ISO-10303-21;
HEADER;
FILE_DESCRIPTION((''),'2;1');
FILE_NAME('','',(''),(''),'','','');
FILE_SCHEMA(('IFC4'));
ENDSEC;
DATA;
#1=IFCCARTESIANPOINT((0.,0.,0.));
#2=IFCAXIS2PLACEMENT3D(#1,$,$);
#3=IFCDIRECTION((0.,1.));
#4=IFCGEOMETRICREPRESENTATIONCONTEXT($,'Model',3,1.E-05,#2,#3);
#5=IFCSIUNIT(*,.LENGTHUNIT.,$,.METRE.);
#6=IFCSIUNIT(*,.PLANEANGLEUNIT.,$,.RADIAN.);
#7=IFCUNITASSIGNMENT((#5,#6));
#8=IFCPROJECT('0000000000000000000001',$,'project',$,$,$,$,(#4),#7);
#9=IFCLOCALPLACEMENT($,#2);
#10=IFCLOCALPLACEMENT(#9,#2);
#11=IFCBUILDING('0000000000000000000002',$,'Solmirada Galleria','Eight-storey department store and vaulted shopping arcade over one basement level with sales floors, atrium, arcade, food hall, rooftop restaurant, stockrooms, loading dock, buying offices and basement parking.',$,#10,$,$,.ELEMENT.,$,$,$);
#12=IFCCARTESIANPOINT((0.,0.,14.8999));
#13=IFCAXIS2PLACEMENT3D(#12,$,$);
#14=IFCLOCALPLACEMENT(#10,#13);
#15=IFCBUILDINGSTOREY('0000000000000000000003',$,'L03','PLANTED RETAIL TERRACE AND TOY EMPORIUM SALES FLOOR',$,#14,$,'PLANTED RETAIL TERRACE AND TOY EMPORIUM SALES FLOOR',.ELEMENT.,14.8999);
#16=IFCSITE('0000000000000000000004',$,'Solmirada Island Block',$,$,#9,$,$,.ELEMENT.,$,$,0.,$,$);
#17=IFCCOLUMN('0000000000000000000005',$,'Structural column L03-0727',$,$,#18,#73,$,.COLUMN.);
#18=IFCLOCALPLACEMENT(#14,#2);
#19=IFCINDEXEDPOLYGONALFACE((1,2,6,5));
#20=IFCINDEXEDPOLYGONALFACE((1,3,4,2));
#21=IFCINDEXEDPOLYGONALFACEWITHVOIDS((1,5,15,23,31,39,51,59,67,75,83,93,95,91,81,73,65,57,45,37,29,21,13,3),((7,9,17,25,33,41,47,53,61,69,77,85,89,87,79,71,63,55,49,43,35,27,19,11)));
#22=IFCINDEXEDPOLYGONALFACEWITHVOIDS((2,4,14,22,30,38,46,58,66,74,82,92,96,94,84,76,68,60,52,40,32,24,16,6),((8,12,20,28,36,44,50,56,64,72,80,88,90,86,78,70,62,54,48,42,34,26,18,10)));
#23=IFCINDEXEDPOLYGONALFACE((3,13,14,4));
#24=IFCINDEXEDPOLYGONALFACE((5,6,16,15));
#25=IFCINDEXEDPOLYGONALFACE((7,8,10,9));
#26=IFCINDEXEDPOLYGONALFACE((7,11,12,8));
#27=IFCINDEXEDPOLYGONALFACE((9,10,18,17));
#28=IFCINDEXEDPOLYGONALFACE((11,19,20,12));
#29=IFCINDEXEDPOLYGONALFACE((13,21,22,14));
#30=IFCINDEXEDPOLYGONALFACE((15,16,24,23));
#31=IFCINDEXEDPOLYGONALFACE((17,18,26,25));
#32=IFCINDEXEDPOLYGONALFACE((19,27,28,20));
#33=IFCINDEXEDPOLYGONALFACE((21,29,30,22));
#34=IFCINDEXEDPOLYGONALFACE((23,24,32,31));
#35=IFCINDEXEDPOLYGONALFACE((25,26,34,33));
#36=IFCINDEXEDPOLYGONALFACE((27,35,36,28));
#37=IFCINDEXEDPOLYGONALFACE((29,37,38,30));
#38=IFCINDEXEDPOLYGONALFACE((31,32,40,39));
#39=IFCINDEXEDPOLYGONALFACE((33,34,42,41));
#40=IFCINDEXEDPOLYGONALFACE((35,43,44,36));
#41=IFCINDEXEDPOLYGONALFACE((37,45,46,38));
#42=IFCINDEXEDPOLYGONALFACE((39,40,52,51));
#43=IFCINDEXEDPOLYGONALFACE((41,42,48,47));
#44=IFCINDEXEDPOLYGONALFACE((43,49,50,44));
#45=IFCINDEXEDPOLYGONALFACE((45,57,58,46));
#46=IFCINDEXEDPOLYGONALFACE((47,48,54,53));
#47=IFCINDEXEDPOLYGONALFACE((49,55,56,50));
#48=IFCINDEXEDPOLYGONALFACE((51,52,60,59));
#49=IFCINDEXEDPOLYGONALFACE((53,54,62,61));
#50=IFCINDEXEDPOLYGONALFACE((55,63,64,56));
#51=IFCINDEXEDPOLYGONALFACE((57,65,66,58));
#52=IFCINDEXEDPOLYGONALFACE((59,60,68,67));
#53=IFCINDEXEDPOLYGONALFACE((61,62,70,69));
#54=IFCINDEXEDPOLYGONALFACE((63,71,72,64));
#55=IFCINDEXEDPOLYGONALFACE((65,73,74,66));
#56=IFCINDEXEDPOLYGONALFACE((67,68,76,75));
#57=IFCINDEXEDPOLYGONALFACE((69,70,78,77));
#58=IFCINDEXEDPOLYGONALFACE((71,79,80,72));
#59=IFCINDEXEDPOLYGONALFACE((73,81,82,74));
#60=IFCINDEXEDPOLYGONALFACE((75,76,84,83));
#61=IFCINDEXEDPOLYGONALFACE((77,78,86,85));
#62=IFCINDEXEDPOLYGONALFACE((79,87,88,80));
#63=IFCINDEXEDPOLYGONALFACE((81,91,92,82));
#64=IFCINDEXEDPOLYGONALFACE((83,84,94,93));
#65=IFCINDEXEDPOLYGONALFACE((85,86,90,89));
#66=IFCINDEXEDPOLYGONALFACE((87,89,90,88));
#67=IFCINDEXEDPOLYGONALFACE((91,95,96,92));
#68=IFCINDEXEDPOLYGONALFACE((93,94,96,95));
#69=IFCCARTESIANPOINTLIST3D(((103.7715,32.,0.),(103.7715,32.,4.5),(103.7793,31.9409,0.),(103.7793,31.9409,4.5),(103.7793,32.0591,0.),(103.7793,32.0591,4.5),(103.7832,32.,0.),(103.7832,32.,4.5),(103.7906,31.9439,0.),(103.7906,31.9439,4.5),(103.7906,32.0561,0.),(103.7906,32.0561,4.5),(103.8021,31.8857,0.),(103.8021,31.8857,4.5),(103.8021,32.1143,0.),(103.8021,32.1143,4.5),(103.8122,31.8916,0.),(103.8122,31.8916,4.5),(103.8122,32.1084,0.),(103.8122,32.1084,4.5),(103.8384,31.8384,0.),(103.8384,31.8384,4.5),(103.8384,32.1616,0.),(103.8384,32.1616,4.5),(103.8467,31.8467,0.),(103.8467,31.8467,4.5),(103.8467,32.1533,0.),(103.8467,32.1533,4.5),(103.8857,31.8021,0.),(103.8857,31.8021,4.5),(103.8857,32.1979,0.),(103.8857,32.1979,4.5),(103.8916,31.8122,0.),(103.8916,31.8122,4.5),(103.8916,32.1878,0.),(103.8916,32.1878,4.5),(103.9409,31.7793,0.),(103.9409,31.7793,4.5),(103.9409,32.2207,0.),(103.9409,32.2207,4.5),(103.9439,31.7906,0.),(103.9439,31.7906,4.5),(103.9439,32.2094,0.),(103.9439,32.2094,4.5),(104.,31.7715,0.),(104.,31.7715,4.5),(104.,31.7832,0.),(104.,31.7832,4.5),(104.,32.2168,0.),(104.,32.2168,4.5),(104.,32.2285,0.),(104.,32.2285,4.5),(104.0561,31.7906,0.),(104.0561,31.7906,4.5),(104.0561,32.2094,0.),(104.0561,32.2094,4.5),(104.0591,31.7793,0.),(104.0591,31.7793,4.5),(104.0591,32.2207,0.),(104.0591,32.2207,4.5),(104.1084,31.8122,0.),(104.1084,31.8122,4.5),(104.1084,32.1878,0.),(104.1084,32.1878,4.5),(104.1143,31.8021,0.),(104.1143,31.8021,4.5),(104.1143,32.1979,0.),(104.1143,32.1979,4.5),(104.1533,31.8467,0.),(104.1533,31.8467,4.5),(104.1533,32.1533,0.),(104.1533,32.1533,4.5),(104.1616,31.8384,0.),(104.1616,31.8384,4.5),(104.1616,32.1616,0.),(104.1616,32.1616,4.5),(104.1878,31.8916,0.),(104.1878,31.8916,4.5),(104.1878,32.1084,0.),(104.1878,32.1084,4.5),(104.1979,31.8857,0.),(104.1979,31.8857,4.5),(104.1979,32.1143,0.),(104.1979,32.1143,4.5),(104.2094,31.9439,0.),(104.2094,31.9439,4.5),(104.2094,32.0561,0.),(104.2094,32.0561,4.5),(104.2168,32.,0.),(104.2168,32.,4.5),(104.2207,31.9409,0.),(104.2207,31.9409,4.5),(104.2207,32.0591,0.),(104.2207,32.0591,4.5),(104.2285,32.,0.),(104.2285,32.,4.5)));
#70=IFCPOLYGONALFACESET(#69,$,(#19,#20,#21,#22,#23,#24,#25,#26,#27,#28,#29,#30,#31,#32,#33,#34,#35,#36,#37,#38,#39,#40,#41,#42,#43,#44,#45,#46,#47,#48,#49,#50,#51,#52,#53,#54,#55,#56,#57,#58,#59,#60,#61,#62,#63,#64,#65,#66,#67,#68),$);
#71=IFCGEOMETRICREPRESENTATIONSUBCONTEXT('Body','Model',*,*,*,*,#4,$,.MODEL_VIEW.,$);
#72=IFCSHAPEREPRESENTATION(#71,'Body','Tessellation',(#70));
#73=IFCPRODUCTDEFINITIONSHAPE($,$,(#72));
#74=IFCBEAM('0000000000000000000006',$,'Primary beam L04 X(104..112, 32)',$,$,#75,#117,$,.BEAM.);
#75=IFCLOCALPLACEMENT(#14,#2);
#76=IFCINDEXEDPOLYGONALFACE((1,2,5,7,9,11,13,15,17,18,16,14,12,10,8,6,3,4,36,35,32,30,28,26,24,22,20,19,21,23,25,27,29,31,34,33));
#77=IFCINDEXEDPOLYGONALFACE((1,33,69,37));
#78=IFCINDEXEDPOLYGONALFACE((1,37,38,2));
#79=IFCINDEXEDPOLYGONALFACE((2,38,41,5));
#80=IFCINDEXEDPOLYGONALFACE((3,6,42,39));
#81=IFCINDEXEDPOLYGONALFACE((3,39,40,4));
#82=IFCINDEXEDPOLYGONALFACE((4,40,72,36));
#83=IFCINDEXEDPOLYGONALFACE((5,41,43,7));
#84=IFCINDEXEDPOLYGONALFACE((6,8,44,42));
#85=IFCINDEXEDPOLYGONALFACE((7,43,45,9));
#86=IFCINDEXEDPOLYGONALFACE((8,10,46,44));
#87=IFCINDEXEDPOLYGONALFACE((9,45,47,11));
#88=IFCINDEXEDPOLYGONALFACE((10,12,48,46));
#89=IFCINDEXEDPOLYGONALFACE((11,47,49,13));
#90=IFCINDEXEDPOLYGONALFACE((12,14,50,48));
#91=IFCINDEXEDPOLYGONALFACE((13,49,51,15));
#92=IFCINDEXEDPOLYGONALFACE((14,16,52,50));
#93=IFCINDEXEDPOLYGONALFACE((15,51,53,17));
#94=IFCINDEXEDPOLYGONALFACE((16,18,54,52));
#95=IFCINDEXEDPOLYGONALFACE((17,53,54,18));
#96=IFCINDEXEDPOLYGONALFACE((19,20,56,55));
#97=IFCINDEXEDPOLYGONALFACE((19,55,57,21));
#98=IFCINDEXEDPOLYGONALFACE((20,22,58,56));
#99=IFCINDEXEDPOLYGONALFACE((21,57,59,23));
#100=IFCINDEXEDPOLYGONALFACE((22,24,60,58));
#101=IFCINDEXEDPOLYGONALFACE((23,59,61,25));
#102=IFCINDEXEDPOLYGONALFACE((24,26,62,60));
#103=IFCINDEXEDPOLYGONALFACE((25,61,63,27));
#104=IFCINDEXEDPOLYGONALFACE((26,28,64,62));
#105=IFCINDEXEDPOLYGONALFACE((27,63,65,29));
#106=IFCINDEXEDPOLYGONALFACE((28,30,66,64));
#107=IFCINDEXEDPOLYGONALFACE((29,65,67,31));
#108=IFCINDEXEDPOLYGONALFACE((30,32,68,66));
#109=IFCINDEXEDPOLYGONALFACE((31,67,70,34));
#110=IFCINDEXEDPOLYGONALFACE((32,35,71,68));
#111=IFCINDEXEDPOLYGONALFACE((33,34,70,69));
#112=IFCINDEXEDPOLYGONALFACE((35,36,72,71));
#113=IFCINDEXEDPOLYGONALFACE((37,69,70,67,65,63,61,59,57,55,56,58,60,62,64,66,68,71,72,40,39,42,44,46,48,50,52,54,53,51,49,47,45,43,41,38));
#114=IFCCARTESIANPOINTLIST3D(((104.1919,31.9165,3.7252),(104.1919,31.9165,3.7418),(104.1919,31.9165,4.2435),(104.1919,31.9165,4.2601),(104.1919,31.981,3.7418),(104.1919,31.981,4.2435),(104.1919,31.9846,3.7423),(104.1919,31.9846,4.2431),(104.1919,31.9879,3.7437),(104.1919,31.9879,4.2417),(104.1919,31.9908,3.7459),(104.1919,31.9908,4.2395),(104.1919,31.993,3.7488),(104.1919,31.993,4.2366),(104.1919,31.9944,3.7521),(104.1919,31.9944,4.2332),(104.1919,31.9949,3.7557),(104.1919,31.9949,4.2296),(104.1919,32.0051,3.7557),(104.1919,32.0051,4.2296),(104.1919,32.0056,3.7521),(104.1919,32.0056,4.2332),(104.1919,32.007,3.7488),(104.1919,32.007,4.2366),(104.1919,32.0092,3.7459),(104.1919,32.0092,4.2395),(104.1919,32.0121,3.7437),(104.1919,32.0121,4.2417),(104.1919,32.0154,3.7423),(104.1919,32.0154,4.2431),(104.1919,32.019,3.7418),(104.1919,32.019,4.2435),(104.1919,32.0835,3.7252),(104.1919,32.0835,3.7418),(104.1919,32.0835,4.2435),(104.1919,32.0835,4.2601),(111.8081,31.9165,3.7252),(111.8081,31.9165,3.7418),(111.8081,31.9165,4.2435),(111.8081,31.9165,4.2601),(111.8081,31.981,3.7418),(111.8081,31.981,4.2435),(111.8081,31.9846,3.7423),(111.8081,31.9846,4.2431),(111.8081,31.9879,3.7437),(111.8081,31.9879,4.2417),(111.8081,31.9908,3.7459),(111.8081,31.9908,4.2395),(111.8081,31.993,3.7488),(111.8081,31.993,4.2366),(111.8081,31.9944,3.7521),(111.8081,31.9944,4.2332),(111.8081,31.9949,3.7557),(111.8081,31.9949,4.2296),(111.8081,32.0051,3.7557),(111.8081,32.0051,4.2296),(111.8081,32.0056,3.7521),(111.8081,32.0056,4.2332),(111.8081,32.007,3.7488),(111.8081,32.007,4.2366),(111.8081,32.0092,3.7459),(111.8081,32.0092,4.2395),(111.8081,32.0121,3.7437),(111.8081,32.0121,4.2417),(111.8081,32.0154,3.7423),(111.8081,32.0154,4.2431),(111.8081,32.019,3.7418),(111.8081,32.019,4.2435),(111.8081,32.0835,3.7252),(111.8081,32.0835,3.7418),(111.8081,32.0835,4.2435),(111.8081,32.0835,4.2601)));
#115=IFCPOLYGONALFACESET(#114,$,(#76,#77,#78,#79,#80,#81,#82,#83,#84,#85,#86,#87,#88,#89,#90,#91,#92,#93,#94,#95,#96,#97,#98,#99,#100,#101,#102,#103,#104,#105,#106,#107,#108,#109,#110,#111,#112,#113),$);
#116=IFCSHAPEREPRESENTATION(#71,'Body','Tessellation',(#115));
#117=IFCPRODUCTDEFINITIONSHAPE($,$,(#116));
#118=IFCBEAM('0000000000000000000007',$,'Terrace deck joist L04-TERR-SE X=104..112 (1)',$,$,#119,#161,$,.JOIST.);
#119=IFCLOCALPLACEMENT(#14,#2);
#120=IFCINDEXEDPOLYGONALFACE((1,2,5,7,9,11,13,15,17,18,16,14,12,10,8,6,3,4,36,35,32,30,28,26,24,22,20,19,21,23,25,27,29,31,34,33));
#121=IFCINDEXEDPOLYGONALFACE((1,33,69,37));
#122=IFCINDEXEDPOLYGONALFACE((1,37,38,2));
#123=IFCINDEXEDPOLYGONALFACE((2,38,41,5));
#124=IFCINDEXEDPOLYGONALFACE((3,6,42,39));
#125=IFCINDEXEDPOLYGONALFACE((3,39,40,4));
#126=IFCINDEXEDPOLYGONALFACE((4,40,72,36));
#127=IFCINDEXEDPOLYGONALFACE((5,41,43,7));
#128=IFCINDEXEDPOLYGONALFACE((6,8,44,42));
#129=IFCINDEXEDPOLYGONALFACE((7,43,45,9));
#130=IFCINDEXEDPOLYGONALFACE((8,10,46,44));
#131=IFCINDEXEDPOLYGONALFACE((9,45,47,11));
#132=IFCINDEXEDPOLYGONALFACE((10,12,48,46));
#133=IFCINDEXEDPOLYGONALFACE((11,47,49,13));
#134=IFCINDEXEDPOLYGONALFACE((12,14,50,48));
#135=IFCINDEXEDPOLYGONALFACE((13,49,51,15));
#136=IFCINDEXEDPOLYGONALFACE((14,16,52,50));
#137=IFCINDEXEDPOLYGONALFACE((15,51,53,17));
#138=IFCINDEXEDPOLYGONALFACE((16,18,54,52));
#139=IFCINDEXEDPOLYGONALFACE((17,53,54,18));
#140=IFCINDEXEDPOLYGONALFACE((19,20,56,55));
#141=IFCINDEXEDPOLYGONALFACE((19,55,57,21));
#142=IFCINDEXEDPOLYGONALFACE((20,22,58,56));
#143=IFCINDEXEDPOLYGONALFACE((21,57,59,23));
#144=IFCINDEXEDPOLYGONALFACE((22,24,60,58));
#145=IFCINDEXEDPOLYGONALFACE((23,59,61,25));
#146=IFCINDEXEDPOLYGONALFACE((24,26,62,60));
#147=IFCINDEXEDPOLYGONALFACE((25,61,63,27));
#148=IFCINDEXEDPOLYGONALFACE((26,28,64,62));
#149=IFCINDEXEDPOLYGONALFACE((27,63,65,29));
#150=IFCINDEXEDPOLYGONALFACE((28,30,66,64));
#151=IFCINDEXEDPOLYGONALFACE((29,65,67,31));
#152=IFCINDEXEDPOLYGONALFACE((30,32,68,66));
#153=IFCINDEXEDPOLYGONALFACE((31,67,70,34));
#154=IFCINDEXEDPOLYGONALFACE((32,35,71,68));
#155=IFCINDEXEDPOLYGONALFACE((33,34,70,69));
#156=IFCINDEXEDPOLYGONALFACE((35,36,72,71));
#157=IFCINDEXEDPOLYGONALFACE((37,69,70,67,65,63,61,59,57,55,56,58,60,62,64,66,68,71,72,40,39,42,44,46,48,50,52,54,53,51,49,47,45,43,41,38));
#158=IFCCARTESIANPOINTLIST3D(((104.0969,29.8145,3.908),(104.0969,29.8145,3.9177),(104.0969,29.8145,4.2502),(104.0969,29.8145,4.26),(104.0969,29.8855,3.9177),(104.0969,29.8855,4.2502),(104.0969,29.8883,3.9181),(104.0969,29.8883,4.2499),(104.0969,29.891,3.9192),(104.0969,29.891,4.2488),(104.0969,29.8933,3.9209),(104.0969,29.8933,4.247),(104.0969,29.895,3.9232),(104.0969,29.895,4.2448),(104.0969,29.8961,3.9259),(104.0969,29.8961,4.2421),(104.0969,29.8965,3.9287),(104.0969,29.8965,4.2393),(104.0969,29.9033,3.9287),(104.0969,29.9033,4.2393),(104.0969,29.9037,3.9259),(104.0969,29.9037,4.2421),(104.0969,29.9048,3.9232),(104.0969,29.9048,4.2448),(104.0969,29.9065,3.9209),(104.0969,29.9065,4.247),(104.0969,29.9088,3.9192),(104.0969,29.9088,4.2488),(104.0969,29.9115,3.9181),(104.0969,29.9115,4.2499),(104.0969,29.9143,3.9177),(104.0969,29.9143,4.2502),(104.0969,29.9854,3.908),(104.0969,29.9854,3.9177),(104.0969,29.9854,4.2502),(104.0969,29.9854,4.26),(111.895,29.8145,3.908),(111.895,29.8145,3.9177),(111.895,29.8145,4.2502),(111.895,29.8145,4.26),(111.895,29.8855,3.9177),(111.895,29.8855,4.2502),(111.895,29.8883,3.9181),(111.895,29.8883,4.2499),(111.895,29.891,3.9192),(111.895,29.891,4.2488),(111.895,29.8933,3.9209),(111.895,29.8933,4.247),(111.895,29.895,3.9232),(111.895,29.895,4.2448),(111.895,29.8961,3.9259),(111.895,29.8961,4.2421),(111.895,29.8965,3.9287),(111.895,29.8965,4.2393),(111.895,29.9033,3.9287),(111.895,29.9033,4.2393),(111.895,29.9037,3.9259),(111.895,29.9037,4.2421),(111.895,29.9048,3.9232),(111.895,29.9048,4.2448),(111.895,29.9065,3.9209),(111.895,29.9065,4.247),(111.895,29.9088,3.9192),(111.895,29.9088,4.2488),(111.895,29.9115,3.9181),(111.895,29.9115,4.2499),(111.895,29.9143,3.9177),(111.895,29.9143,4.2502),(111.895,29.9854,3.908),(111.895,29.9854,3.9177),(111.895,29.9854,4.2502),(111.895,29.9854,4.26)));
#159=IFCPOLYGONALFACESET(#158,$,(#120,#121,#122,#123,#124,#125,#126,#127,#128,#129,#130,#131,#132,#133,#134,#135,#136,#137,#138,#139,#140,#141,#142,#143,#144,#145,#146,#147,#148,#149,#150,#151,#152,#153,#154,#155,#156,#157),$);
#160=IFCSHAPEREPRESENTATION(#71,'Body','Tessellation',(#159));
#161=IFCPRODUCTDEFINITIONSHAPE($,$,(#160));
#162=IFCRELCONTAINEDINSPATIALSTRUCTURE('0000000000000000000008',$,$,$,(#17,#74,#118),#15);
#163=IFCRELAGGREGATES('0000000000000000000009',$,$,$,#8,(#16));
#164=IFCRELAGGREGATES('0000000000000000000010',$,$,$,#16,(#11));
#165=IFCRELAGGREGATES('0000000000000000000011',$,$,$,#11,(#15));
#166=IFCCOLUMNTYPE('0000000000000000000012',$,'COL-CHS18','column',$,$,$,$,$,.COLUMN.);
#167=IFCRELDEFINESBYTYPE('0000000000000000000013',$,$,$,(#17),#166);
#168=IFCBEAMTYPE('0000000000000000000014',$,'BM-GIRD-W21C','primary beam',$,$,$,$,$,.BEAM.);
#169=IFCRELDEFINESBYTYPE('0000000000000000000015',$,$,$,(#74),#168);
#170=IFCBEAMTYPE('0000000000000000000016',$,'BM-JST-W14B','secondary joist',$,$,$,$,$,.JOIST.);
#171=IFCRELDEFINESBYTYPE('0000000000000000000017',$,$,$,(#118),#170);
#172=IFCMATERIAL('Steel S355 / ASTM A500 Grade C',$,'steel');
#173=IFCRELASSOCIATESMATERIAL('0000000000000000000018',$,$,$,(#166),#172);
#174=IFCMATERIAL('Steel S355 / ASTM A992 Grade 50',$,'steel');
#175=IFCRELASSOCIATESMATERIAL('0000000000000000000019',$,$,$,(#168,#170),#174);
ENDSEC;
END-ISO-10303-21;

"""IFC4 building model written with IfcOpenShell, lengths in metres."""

from ifc_helpers import new_model, si_unit, direction, frame, origin, origin_2d, place, context, subcontext, project, spatial, hollow_circle, i_section, extrude, material, material_profile, profile_set, type_object, element, save


model = new_model("IFC4")

# Units and contexts
model_context = context("Model", 3, precision=1e-05, world=origin(), true_north=direction((0.0, 1.0)))
body_context = subcontext(model_context, "Body", "Model", "MODEL_VIEW")
ifc_project = project(units=[si_unit("LENGTHUNIT", "METRE"), si_unit("PLANEANGLEUNIT", "RADIAN")], contexts=[model_context])

# Site, building, storey
site_placement = place(None, origin())
site = spatial("IfcSite", under=ifc_project, at=site_placement, Name="Solmirada Island Block", CompositionType="ELEMENT", RefElevation=0.0)
building_placement = place(site_placement, origin())
building = spatial("IfcBuilding", under=site, at=building_placement, Name="Solmirada Galleria", Description="Eight-storey department store and vaulted shopping arcade over one basement level with sales floors, atrium, arcade, food hall, rooftop restaurant, stockrooms, loading dock, buying offices and basement parking.", CompositionType="ELEMENT")
storey_placement = place(building_placement, frame((0.0, 0.0, 14.8999)))
storey = spatial("IfcBuildingStorey", under=building, at=storey_placement, Name="L03", Description="PLANTED RETAIL TERRACE AND TOY EMPORIUM SALES FLOOR", LongName="PLANTED RETAIL TERRACE AND TOY EMPORIUM SALES FLOOR", CompositionType="ELEMENT", Elevation=14.8999)

# Column
ifc_material_1 = material(Name="Steel S355 / ASTM A500 Grade C", Category="steel")
ifc_material_profile_1 = material_profile(ifc_material_1, hollow_circle(Radius=0.2285, WallThickness=0.0117, at=origin_2d()), Name="HSS18.000X0.500")
ifc_profile_set_1 = profile_set([ifc_material_profile_1], Name="Steel S355 / ASTM A500 Grade C")
column_type = type_object("IfcColumnType", Name="COL-CHS18", Description="column", PredefinedType="COLUMN", material=ifc_profile_set_1)
column_placement = place(storey_placement, frame((104.0, 32.0, 0.0), z_axis=(0.0, 0.0, 1.0), x_axis=(1.0, 0.0, 0.0)))
element("IfcColumn", 1, at=column_placement, inside=storey, type_object=column_type, Name="Structural column L03-0727", PredefinedType="COLUMN", context=body_context, shape_type="SweptSolid", body=[
    extrude(hollow_circle(Radius=0.2285, WallThickness=0.0117, at=origin_2d()), origin(), (0.0, 0.0, 1.0), 4.5),
])

# Beams
ifc_material_2 = material(Name="Steel S355 / ASTM A992 Grade 50", Category="steel")
ifc_material_profile_2 = material_profile(ifc_material_2, i_section(OverallWidth=0.167, OverallDepth=0.5349, WebThickness=0.0103, FlangeThickness=0.0166, FilletRadius=0.0139, at=origin_2d()), Name="W21X57")
ifc_profile_set_2 = profile_set([ifc_material_profile_2], Name="Steel S355 / ASTM A992 Grade 50")
beam_type_1 = type_object("IfcBeamType", Name="BM-GIRD-W21C", Description="primary beam", PredefinedType="BEAM", material=ifc_profile_set_2)
beam_1_placement = place(storey_placement, frame((104.1919, 32.0, 3.9927), z_axis=(1.0, 0.0, 0.0), x_axis=(0.0, 1.0, 0.0)))
element("IfcBeam", 2, at=beam_1_placement, inside=storey, type_object=beam_type_1, Name="Primary beam L04 X(104..112, 32)", PredefinedType="BEAM", context=body_context, shape_type="SweptSolid", body=[
    extrude(i_section(OverallWidth=0.167, OverallDepth=0.5349, WebThickness=0.0103, FlangeThickness=0.0166, FilletRadius=0.0139, at=origin_2d()), origin(), (0.0, 0.0, 1.0), 7.6162),
])
ifc_material_profile_3 = material_profile(ifc_material_2, i_section(OverallWidth=0.1709, OverallDepth=0.3521, WebThickness=0.0068, FlangeThickness=0.0098, FilletRadius=0.011, at=origin_2d()), Name="W14X30")
ifc_profile_set_3 = profile_set([ifc_material_profile_3], Name="Steel S355 / ASTM A992 Grade 50")
beam_type_2 = type_object("IfcBeamType", Name="BM-JST-W14B", Description="secondary joist", PredefinedType="JOIST", material=ifc_profile_set_3)
beam_2_placement = place(storey_placement, frame((104.0969, 29.8999, 4.084), z_axis=(1.0, 0.0, 0.0), x_axis=(0.0, 1.0, 0.0)))
element("IfcBeam", 3, at=beam_2_placement, inside=storey, type_object=beam_type_2, Name="Terrace deck joist L04-TERR-SE X=104..112 (1)", PredefinedType="JOIST", context=body_context, shape_type="SweptSolid", body=[
    extrude(i_section(OverallWidth=0.1709, OverallDepth=0.3521, WebThickness=0.0068, FlangeThickness=0.0098, FilletRadius=0.011, at=origin_2d()), origin(), (0.0, 0.0, 1.0), 7.7981),
])

save(model, "model.ifc")
